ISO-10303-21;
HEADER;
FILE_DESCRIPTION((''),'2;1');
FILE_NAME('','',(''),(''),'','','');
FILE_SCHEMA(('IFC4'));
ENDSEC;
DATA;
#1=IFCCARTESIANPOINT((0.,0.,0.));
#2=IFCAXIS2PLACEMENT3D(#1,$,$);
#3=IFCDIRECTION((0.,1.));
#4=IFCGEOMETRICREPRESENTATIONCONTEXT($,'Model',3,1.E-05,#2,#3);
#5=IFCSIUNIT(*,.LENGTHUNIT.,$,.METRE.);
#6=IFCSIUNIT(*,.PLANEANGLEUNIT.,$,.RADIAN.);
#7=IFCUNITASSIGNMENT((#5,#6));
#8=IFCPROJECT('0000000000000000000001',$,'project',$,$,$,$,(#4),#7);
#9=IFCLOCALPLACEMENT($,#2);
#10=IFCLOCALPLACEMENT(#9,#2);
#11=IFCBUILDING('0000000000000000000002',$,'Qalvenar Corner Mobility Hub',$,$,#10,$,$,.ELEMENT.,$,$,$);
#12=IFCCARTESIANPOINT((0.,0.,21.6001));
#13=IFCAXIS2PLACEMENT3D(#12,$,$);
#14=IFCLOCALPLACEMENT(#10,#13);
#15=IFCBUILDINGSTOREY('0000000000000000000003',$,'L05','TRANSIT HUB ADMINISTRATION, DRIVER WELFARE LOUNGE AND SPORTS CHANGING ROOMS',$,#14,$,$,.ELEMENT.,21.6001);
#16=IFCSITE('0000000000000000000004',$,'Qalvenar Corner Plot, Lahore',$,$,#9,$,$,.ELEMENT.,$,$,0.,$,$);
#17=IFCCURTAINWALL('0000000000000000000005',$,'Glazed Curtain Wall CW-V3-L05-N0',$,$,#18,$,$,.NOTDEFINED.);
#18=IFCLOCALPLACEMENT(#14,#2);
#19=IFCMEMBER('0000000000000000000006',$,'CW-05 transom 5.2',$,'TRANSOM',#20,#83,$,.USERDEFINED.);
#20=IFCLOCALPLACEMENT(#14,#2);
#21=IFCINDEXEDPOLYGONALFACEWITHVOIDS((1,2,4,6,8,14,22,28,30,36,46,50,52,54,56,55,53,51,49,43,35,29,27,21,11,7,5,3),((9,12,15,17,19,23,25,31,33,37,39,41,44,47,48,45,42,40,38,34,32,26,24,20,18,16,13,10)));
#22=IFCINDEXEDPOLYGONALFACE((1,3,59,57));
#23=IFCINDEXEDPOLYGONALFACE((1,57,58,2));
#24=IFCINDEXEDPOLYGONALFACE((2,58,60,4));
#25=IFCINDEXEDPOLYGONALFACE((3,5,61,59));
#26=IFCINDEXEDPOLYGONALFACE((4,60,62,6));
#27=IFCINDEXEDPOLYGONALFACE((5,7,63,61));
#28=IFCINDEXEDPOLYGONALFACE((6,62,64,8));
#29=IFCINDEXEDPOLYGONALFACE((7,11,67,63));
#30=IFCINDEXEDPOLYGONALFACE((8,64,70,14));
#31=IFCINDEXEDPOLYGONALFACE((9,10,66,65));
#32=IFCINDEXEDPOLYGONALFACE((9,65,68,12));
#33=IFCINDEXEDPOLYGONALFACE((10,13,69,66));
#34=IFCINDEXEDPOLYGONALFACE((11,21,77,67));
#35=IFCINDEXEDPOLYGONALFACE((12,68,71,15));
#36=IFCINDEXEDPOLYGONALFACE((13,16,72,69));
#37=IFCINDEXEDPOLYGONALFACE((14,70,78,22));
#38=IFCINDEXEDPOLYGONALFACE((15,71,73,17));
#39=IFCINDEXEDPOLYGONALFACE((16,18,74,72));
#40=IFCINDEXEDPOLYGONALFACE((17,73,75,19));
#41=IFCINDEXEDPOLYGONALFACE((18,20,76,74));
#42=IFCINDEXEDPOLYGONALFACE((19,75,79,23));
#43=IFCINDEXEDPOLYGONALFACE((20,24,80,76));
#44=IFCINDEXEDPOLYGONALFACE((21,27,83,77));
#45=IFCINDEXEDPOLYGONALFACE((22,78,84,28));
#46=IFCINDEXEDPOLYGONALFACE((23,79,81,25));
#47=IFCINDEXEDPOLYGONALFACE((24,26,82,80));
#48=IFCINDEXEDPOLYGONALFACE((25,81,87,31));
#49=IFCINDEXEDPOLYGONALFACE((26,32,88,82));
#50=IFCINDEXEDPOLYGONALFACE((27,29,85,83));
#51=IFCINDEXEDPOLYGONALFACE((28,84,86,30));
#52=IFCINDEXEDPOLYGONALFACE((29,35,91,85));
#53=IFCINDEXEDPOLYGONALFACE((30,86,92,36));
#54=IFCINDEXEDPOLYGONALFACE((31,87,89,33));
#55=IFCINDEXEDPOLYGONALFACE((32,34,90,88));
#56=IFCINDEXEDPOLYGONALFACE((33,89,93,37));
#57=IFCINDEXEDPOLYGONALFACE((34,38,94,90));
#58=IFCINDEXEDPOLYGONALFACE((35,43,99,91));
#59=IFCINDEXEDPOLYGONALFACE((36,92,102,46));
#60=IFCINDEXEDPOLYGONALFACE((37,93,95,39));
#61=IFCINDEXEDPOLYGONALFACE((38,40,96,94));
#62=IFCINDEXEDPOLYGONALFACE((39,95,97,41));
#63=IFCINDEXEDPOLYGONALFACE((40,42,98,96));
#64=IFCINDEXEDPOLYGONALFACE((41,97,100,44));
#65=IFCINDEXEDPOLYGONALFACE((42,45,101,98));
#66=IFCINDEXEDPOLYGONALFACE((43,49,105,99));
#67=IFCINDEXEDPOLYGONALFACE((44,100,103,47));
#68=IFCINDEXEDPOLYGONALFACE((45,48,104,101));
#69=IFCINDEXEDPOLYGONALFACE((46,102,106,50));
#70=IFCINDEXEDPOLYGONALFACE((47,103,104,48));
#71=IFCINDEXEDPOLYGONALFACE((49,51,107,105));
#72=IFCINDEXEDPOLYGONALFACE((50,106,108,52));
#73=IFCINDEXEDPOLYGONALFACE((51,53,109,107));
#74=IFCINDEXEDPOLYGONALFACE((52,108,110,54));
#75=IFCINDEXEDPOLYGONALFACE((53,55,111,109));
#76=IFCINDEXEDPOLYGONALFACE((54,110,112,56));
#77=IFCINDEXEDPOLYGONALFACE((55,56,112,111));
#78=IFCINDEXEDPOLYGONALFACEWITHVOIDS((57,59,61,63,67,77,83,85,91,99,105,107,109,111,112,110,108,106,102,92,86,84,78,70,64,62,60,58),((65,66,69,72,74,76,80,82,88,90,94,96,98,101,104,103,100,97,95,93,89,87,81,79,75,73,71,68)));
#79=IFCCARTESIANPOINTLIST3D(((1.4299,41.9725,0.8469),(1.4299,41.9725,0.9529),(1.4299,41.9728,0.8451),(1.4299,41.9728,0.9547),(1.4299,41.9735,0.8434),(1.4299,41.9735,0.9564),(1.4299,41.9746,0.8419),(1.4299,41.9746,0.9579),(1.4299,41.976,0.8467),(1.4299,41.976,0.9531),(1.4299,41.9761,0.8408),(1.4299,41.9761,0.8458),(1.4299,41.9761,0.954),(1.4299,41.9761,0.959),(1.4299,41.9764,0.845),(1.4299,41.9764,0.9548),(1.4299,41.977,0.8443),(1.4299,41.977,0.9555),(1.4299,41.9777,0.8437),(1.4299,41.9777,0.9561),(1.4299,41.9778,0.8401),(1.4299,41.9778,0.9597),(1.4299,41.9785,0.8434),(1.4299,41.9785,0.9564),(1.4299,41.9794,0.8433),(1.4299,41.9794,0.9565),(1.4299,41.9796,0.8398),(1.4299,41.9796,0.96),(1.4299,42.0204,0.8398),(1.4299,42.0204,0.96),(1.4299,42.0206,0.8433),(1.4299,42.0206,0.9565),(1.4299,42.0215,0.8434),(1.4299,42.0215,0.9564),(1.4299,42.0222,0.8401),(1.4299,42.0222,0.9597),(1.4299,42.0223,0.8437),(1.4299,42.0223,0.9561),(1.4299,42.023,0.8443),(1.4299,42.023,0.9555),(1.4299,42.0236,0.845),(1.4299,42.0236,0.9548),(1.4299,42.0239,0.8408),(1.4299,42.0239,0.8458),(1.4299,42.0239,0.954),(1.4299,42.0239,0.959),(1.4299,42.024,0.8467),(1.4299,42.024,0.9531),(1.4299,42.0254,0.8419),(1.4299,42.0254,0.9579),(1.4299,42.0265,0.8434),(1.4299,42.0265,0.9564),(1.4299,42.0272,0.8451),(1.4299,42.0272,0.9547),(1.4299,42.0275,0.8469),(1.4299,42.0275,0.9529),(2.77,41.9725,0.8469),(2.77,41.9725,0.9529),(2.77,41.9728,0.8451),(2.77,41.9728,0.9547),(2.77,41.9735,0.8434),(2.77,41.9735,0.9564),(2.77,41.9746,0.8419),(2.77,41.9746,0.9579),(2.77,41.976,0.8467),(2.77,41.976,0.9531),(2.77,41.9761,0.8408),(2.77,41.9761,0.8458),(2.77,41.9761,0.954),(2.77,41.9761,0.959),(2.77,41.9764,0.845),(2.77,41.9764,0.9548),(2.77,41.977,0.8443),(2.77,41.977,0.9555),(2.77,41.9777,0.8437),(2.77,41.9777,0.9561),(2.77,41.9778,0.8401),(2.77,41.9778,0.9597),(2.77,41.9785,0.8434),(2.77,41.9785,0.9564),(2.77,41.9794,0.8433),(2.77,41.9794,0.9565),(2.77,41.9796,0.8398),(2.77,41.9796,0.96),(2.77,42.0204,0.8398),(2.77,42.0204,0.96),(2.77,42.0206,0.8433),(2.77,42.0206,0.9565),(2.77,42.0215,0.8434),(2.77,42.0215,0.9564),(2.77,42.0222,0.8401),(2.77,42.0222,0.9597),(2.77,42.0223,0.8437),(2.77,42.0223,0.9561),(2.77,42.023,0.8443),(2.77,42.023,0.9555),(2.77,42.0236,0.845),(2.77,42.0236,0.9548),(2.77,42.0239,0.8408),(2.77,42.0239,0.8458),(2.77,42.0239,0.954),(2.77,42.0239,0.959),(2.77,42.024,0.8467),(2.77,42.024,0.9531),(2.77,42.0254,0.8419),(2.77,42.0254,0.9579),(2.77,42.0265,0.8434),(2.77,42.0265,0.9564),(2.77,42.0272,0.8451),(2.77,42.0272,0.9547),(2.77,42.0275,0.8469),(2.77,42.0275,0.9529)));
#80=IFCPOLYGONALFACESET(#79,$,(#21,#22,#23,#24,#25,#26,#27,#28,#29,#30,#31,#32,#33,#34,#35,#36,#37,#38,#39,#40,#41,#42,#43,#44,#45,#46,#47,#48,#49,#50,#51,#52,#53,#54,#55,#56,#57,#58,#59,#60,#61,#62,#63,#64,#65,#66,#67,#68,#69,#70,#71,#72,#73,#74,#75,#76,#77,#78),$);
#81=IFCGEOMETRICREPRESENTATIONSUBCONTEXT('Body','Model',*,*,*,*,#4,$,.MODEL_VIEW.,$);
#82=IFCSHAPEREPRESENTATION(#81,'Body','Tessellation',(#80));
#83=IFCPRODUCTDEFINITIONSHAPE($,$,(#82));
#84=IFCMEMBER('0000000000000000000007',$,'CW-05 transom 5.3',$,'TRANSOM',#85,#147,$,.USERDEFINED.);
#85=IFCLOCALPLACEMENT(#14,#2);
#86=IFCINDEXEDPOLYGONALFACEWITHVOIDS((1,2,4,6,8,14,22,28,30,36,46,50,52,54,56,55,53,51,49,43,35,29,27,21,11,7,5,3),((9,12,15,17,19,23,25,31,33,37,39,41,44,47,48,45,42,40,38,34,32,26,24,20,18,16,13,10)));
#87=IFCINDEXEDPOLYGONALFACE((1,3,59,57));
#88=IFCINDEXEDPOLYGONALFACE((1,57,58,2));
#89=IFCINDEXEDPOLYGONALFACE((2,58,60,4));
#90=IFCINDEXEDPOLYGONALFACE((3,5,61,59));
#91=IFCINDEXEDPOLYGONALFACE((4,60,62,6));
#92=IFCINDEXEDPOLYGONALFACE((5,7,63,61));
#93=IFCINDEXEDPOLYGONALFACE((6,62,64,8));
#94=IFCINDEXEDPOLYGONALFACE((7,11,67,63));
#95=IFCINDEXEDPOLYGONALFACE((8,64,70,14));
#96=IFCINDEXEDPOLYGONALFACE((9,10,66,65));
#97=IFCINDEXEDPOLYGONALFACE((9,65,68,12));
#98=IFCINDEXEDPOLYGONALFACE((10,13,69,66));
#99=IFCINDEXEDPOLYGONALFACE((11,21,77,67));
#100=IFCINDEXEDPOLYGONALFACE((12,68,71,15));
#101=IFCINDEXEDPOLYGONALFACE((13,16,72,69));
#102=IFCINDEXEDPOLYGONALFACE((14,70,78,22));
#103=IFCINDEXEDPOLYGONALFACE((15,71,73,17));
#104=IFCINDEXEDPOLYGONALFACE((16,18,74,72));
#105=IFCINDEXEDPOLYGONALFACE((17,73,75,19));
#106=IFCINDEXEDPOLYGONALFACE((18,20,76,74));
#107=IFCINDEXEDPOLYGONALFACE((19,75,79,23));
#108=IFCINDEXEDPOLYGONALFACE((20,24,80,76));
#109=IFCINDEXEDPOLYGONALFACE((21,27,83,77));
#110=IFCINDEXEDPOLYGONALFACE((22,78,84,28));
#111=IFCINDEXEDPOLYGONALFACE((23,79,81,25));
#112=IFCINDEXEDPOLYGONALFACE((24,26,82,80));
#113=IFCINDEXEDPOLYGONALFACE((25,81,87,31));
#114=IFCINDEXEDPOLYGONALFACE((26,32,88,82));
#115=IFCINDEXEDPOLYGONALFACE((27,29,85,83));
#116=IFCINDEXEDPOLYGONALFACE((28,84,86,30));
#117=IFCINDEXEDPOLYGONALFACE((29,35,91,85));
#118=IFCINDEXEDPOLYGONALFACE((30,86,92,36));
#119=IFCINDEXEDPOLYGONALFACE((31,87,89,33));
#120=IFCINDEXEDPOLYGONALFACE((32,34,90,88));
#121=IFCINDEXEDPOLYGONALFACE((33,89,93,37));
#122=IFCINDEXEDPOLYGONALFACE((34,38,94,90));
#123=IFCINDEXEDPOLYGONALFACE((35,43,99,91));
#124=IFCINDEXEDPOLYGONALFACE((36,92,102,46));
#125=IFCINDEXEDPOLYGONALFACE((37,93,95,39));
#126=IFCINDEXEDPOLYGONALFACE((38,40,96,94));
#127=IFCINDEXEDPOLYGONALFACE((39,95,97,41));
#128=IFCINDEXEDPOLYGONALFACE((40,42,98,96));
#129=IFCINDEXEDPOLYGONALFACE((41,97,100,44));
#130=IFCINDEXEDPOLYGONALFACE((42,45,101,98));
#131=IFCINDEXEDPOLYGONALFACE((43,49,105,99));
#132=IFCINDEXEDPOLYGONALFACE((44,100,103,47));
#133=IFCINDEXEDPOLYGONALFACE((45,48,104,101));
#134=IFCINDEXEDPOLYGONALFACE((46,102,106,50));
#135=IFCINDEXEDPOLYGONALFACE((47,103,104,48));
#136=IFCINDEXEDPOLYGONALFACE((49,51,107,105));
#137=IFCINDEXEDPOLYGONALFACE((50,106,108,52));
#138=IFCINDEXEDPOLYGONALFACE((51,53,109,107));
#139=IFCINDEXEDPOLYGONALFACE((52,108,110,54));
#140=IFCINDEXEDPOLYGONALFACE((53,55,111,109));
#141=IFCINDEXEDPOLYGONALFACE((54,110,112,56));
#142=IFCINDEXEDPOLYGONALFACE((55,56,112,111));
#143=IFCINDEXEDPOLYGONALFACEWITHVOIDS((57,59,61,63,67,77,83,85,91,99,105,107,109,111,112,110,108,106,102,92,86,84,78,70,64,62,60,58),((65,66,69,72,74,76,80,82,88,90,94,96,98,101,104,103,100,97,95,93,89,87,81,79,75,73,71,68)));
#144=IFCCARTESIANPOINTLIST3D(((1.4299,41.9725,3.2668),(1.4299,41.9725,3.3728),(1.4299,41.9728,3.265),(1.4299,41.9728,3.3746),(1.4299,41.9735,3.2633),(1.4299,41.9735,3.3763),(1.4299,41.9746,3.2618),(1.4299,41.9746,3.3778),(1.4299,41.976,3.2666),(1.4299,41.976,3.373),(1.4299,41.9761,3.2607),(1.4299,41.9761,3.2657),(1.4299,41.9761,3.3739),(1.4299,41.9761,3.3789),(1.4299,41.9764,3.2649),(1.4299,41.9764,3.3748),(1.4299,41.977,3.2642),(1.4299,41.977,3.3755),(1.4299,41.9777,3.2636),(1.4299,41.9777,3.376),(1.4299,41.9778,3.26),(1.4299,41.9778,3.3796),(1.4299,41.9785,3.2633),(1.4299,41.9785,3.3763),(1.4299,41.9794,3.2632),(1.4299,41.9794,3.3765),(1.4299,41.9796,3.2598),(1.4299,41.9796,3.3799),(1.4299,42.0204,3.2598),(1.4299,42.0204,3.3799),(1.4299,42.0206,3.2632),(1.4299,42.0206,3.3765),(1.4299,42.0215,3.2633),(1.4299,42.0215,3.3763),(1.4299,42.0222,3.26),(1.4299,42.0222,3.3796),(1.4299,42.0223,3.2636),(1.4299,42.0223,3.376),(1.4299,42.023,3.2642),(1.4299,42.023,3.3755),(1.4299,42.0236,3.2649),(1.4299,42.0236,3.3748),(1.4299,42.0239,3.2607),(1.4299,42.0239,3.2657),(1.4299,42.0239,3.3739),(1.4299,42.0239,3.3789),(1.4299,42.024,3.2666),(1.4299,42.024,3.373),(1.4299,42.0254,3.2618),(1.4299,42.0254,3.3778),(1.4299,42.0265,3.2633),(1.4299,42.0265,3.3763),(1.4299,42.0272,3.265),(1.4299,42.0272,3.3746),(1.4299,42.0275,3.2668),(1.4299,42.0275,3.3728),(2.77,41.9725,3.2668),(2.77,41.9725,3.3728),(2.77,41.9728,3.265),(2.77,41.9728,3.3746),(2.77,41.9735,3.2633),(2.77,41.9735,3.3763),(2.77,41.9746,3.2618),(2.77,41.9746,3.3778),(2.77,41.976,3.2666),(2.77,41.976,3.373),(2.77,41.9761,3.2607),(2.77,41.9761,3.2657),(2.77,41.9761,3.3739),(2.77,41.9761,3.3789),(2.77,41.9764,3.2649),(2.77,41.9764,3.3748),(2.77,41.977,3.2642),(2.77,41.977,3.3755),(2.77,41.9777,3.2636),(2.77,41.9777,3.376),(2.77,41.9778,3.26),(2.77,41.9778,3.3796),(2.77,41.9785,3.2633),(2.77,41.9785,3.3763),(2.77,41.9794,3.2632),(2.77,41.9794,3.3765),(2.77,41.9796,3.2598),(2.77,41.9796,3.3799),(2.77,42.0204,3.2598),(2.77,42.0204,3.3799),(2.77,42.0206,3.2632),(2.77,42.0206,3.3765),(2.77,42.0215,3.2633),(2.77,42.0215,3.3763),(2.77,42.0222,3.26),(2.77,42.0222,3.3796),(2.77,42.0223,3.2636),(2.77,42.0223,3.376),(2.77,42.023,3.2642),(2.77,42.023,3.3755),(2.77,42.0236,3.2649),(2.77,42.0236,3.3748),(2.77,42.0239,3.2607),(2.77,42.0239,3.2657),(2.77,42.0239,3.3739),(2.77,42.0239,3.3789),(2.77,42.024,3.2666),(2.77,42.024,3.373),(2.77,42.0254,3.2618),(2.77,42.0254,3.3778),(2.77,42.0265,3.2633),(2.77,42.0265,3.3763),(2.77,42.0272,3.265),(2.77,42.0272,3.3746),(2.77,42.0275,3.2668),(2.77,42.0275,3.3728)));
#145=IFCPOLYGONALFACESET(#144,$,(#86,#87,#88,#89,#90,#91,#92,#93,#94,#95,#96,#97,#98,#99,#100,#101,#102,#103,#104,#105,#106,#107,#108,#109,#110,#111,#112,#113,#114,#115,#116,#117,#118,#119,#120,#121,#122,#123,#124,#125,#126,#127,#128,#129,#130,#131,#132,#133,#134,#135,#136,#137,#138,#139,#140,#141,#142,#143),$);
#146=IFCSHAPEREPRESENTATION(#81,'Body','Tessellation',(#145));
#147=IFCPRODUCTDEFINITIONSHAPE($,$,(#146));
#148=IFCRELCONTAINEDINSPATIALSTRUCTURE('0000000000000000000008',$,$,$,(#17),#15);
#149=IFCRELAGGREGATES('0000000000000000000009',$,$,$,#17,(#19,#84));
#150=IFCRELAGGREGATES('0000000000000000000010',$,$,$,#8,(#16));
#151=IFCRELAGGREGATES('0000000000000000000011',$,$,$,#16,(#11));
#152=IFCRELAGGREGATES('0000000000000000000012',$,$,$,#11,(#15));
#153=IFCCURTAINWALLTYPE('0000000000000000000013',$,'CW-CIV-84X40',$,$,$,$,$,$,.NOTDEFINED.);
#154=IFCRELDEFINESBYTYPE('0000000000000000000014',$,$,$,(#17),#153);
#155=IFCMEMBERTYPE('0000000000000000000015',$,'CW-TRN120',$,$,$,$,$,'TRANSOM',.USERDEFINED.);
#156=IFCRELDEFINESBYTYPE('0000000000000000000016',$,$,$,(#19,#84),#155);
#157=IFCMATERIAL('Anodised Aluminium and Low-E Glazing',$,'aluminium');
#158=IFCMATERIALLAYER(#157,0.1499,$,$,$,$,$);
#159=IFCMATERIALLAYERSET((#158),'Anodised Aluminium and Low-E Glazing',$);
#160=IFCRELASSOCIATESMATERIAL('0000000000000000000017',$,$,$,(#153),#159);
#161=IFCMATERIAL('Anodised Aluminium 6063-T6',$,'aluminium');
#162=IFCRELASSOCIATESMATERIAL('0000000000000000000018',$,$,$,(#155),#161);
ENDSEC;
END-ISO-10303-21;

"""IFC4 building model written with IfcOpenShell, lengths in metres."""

from ifc_helpers import new_model, si_unit, direction, frame, origin, origin_2d, place, context, subcontext, project, spatial, hollow_rectangle, extrude, material, layer, layer_set, material_profile, profile_set, type_object, element, aggregate, save


model = new_model("IFC4")

# Units and contexts
model_context = context("Model", 3, precision=1e-05, world=origin(), true_north=direction((0.0, 1.0)))
body_context = subcontext(model_context, "Body", "Model", "MODEL_VIEW")
ifc_project = project(units=[si_unit("LENGTHUNIT", "METRE"), si_unit("PLANEANGLEUNIT", "RADIAN")], contexts=[model_context])

# Site, building, storey
site_placement = place(None, origin())
site = spatial("IfcSite", under=ifc_project, at=site_placement, Name="Qalvenar Corner Plot, Lahore", CompositionType="ELEMENT", RefElevation=0.0)
building_placement = place(site_placement, origin())
building = spatial("IfcBuilding", under=site, at=building_placement, Name="Qalvenar Corner Mobility Hub", CompositionType="ELEMENT")
storey_placement = place(building_placement, frame((0.0, 0.0, 21.6001)))
storey = spatial("IfcBuildingStorey", under=building, at=storey_placement, Name="L05", Description="TRANSIT HUB ADMINISTRATION, DRIVER WELFARE LOUNGE AND SPORTS CHANGING ROOMS", CompositionType="ELEMENT", Elevation=21.6001)

# Curtain wall, members
ifc_material_1 = material(Name="Anodised Aluminium and Low-E Glazing", Category="aluminium")
ifc_layer_1 = layer(ifc_material_1, 0.1499)
ifc_layer_set_1 = layer_set([ifc_layer_1], Name="Anodised Aluminium and Low-E Glazing")
curtain_wall_type = type_object("IfcCurtainWallType", Name="CW-CIV-84X40", PredefinedType="NOTDEFINED", material=ifc_layer_set_1)
curtain_wall_placement = place(storey_placement, origin())
curtain_wall = element("IfcCurtainWall", 1, at=curtain_wall_placement, inside=storey, type_object=curtain_wall_type, Name="Glazed Curtain Wall CW-V3-L05-N0", PredefinedType="NOTDEFINED")
ifc_material_2 = material(Name="Anodised Aluminium 6063-T6", Category="aluminium")
ifc_material_profile_1 = material_profile(ifc_material_2, hollow_rectangle(XDim=0.0549, YDim=0.1201, WallThickness=0.0034, InnerFilletRadius=0.0034, OuterFilletRadius=0.0071, at=origin_2d()), Name="RHS120x55x3.5")
ifc_profile_set_1 = profile_set([ifc_material_profile_1], Name="Anodised Aluminium 6063-T6")
member_type_1 = type_object("IfcMemberType", Name="CW-TRN120", ElementType="TRANSOM", PredefinedType="USERDEFINED", material=ifc_profile_set_1)
member_1_placement = place(storey_placement, frame((2.77, 42.0, 0.8999), z_axis=(-1.0, 0.0, 0.0), x_axis=(0.0, -1.0, 0.0)))
member_1 = element("IfcMember", 2, at=member_1_placement, type_object=member_type_1, Name="CW-05 transom 5.2", ObjectType="TRANSOM", PredefinedType="USERDEFINED", context=body_context, shape_type="SweptSolid", body=[
    extrude(hollow_rectangle(XDim=0.0549, YDim=0.1201, WallThickness=0.0034, InnerFilletRadius=0.0034, OuterFilletRadius=0.0071, at=origin_2d()), origin(), (0.0, 0.0, 1.0), 1.3401),
])
member_2_placement = place(storey_placement, frame((2.77, 42.0, 3.3198), z_axis=(-1.0, 0.0, 0.0), x_axis=(0.0, -1.0, 0.0)))
member_2 = element("IfcMember", 3, at=member_2_placement, type_object=member_type_1, Name="CW-05 transom 5.3", ObjectType="TRANSOM", PredefinedType="USERDEFINED", context=body_context, shape_type="SweptSolid", body=[
    extrude(hollow_rectangle(XDim=0.0549, YDim=0.1201, WallThickness=0.0034, InnerFilletRadius=0.0034, OuterFilletRadius=0.0071, at=origin_2d()), origin(), (0.0, 0.0, 1.0), 1.3401),
])
aggregate(curtain_wall, [member_1, member_2])

save(model, "model.ifc")
